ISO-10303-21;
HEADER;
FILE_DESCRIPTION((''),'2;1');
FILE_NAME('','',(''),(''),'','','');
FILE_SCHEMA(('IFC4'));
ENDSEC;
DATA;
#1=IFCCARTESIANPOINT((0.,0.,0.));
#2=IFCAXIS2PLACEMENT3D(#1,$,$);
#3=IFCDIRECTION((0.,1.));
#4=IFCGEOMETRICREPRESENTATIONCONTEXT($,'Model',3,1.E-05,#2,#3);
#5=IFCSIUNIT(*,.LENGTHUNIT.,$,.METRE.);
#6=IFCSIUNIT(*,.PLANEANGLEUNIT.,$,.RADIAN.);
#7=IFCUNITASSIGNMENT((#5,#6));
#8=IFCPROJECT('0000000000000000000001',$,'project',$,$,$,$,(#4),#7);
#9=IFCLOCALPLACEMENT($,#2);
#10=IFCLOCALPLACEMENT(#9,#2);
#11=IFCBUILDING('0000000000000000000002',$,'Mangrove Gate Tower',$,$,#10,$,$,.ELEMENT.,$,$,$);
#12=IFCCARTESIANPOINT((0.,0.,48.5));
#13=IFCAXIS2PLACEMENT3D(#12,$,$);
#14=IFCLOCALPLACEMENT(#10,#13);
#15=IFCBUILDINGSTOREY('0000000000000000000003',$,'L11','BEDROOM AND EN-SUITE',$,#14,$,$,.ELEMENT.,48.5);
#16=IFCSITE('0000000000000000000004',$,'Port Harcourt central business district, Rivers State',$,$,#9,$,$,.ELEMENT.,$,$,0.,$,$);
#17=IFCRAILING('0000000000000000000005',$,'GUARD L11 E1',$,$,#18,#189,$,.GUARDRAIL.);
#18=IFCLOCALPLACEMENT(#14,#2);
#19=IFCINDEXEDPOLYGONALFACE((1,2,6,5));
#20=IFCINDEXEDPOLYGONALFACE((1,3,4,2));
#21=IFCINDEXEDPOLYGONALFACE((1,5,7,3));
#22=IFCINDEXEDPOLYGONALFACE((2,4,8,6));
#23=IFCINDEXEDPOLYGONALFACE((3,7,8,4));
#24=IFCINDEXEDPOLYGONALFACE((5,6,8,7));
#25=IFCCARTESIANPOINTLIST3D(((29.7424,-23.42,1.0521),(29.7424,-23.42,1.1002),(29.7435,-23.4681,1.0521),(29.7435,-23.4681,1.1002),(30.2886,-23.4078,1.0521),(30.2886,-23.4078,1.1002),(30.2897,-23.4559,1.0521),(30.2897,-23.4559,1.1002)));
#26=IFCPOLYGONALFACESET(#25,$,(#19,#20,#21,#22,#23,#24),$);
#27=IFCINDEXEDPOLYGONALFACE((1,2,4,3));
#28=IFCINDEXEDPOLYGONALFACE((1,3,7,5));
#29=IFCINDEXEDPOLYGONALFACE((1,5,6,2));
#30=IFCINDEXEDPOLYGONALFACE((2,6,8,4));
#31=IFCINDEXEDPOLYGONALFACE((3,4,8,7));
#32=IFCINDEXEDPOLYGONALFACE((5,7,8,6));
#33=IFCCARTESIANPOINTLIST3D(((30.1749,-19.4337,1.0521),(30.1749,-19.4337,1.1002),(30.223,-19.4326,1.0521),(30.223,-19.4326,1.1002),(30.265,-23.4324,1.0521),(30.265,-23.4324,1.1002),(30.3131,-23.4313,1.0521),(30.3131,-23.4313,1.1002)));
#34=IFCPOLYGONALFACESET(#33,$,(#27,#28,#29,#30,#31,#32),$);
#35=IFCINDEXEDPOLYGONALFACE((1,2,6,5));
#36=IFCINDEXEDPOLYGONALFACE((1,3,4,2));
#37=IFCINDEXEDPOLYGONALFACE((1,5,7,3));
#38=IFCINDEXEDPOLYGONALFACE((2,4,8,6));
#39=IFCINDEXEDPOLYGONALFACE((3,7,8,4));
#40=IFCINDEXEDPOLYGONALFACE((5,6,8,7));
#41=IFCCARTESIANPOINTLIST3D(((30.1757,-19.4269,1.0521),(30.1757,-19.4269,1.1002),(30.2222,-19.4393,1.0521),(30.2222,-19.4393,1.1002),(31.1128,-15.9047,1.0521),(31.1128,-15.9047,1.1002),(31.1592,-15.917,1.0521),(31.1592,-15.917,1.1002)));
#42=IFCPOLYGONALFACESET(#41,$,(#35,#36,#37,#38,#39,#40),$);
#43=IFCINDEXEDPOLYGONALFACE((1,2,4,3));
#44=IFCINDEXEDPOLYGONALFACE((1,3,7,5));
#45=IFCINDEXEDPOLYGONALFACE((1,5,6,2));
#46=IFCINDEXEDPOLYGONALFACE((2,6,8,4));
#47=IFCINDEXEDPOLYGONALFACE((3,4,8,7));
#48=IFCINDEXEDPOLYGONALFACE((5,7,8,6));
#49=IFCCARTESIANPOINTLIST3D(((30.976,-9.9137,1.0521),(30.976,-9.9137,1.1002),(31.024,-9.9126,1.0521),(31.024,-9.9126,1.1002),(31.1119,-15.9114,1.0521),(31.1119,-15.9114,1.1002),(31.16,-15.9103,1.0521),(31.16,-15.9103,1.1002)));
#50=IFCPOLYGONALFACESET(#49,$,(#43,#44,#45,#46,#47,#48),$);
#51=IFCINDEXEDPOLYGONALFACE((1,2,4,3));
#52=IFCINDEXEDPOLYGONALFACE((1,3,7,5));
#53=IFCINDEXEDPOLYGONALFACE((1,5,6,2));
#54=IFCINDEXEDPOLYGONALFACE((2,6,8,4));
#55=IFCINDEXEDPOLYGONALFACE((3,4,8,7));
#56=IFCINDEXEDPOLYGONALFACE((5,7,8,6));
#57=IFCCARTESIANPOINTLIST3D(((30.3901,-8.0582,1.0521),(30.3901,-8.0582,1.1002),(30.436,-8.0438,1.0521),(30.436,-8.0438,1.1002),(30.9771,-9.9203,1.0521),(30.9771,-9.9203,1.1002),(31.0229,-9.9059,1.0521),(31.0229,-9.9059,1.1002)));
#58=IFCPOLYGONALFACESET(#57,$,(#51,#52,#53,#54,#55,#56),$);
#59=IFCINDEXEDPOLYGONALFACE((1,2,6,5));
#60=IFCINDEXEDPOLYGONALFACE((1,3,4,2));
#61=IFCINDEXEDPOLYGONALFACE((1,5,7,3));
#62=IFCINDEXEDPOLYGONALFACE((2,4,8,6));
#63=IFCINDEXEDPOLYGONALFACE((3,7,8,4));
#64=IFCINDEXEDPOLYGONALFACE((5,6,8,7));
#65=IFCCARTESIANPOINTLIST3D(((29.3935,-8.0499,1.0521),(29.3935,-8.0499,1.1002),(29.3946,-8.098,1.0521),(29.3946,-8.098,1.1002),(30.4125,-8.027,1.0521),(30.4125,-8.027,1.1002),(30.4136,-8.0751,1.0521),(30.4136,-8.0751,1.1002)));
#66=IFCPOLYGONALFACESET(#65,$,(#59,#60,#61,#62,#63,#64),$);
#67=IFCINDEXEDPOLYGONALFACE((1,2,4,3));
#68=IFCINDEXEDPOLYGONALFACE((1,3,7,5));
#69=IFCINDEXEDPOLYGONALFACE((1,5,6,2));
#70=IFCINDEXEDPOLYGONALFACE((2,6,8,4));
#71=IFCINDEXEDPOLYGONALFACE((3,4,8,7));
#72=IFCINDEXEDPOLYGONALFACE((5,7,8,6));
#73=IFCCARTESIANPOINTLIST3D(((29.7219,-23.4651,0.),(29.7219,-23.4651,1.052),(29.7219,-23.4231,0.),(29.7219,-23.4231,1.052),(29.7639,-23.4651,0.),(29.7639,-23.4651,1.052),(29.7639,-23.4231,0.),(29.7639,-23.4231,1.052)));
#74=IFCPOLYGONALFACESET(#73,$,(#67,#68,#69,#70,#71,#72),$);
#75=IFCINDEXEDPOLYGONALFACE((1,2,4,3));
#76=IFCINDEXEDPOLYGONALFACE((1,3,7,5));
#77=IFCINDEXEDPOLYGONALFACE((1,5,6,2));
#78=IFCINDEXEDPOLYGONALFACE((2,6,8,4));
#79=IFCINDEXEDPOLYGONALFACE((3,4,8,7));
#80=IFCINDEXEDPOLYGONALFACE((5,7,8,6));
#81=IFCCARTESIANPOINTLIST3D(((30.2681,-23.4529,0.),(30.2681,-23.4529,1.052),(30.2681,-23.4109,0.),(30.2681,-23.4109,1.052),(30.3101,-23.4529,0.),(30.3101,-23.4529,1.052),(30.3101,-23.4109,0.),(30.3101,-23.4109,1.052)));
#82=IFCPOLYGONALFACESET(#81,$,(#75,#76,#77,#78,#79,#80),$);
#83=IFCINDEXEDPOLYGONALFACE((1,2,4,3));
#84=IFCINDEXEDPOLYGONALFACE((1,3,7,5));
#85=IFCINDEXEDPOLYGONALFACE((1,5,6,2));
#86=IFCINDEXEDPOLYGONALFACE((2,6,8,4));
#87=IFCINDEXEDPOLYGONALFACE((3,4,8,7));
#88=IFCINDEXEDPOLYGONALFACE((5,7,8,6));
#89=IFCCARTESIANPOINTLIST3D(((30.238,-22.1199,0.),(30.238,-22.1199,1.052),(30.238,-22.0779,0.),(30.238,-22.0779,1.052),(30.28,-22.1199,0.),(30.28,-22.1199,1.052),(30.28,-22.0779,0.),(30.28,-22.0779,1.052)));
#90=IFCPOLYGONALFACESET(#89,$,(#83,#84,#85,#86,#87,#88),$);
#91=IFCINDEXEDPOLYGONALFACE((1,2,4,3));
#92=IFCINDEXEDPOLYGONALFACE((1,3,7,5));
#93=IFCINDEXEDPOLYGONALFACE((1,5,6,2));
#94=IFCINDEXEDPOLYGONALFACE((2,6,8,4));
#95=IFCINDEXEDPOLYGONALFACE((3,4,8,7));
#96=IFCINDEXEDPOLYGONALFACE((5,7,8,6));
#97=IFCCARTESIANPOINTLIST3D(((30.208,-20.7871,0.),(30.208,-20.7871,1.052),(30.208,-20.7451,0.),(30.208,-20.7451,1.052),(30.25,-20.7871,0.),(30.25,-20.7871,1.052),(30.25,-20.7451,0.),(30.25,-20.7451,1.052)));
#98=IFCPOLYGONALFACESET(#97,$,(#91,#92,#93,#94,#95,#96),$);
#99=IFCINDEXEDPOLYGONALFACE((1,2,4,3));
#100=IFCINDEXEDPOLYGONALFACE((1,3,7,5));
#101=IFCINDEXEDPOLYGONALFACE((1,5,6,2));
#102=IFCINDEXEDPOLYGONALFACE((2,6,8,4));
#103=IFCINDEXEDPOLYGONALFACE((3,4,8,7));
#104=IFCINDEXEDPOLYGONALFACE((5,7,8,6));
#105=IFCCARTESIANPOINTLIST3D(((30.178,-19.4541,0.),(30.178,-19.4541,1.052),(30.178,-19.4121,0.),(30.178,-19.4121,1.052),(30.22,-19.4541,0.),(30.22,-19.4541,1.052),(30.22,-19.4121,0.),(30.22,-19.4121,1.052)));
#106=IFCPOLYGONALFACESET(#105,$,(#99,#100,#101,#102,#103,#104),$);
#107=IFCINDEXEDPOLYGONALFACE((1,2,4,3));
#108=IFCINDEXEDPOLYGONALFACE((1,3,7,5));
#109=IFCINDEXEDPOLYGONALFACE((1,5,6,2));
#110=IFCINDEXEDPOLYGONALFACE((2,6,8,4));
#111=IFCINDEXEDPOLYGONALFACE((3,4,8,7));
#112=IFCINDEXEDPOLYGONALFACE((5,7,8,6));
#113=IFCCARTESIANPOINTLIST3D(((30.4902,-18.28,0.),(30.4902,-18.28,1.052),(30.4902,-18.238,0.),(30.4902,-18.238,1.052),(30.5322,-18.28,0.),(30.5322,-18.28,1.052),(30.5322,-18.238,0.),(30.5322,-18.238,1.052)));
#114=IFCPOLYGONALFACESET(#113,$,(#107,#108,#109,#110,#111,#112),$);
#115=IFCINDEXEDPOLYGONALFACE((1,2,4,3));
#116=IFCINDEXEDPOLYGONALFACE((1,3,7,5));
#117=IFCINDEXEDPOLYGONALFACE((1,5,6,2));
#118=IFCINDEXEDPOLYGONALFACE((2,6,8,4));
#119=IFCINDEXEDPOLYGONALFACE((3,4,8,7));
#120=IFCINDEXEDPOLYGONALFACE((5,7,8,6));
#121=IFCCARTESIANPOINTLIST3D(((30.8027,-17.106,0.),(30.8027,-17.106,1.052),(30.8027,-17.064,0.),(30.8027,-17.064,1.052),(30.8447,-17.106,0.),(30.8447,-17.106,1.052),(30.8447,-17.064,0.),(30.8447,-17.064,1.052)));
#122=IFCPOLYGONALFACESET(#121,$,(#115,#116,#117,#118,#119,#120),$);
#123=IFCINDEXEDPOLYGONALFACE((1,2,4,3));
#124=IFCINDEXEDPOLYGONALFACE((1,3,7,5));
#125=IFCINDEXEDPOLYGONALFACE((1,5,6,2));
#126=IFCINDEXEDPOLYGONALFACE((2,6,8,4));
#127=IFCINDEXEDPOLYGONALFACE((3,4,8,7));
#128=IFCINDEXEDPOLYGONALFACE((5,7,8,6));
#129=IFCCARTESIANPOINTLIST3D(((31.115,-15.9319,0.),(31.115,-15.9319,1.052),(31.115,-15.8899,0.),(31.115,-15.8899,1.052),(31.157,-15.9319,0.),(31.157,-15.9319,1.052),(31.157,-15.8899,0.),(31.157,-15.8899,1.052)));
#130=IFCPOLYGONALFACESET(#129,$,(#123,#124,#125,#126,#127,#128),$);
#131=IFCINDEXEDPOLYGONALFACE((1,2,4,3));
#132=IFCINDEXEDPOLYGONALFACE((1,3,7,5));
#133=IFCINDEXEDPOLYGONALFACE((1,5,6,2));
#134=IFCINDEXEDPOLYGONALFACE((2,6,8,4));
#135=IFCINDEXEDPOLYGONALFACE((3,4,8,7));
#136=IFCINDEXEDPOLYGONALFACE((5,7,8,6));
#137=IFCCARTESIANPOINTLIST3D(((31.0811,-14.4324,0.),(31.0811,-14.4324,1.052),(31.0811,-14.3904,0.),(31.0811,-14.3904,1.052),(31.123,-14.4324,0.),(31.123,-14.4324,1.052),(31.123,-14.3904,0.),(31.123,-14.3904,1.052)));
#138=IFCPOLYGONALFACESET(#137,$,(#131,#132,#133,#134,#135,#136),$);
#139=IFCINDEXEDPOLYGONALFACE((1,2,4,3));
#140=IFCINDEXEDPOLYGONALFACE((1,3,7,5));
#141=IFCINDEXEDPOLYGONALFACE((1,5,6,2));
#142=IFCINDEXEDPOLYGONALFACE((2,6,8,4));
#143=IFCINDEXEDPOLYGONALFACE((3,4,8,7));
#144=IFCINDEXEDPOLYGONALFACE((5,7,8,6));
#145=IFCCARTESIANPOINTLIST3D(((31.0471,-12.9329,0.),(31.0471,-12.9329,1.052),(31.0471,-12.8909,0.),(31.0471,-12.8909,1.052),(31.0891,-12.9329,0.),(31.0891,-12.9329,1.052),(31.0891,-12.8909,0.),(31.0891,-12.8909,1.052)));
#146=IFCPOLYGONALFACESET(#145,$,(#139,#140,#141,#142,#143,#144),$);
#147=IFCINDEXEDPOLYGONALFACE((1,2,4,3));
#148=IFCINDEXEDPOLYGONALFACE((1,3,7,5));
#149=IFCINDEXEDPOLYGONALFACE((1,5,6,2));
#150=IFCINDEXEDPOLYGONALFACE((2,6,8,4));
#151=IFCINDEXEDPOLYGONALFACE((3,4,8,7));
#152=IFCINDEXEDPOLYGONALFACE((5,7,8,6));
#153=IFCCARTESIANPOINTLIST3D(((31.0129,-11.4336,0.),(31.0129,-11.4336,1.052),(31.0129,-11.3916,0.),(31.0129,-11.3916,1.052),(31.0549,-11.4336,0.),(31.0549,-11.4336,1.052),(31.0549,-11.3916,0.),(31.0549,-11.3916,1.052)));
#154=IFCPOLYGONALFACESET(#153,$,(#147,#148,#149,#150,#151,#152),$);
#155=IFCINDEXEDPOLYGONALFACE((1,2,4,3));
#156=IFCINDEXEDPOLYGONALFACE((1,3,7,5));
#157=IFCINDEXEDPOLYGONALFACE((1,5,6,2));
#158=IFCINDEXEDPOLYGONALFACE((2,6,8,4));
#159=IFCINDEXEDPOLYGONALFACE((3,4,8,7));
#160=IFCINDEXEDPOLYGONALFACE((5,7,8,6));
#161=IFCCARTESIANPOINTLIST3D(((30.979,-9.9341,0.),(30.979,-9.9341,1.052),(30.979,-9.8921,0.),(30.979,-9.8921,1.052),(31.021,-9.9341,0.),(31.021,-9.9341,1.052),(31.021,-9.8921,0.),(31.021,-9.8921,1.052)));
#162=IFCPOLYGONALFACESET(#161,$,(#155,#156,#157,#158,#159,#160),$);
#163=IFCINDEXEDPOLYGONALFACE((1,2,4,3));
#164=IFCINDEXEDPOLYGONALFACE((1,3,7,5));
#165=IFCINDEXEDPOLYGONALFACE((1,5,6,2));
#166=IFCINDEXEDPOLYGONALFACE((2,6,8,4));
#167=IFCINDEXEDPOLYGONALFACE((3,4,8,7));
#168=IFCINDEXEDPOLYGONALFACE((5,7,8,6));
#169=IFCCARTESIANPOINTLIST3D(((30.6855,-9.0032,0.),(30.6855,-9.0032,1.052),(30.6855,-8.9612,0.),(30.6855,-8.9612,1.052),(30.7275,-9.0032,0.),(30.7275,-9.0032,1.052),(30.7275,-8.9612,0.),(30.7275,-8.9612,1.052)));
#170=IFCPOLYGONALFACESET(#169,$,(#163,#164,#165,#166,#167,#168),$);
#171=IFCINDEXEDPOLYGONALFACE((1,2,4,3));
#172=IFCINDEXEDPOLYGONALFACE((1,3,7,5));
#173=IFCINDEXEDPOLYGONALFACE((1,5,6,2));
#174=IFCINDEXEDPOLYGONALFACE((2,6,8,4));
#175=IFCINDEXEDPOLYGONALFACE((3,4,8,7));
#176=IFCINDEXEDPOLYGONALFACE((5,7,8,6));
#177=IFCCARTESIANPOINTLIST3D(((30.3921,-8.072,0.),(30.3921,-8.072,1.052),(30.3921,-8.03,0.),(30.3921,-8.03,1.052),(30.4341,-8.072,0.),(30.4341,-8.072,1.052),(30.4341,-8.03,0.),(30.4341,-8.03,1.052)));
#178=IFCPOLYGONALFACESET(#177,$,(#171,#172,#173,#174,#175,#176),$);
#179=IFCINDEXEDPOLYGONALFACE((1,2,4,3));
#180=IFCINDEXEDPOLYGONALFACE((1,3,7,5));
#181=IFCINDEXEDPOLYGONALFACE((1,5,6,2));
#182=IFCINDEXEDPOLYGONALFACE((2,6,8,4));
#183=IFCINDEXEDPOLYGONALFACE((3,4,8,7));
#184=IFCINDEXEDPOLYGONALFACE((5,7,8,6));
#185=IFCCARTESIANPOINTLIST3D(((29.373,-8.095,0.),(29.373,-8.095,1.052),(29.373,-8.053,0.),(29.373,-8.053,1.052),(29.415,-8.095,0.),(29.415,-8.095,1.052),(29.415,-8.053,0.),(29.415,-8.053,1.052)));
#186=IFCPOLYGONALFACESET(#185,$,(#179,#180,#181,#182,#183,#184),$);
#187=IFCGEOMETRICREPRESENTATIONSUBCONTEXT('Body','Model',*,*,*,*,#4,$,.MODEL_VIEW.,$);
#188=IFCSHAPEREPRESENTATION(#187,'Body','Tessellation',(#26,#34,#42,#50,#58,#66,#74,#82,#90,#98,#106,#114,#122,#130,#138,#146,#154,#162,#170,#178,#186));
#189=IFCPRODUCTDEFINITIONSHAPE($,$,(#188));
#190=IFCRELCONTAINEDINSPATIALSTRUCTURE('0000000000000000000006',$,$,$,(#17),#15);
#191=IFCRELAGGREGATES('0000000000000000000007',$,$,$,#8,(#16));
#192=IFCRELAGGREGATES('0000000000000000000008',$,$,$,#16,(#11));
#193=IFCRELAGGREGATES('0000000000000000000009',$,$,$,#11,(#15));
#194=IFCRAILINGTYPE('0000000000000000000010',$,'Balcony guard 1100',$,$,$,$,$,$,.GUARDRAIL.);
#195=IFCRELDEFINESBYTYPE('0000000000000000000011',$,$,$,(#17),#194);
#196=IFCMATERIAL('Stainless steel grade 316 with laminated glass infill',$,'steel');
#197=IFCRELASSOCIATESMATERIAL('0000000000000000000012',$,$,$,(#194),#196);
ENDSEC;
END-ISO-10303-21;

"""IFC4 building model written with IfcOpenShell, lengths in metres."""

from ifc_helpers import new_model, si_unit, direction, frame, origin, origin_2d, place, context, subcontext, project, spatial, rectangle, extrude, material, type_object, element, save


model = new_model("IFC4")

# Units and contexts
model_context = context("Model", 3, precision=1e-05, world=origin(), true_north=direction((0.0, 1.0)))
body_context = subcontext(model_context, "Body", "Model", "MODEL_VIEW")
ifc_project = project(units=[si_unit("LENGTHUNIT", "METRE"), si_unit("PLANEANGLEUNIT", "RADIAN")], contexts=[model_context])

# Site, building, storey
site_placement = place(None, origin())
site = spatial("IfcSite", under=ifc_project, at=site_placement, Name="Port Harcourt central business district, Rivers State", CompositionType="ELEMENT", RefElevation=0.0)
building_placement = place(site_placement, origin())
building = spatial("IfcBuilding", under=site, at=building_placement, Name="Mangrove Gate Tower", CompositionType="ELEMENT")
storey_placement = place(building_placement, frame((0.0, 0.0, 48.5)))
storey = spatial("IfcBuildingStorey", under=building, at=storey_placement, Name="L11", Description="BEDROOM AND EN-SUITE", CompositionType="ELEMENT", Elevation=48.5)

# Railing
ifc_material_1 = material(Name="Stainless steel grade 316 with laminated glass infill", Category="steel")
railing_type = type_object("IfcRailingType", Name="Balcony guard 1100", PredefinedType="GUARDRAIL", material=ifc_material_1)
railing_placement = place(storey_placement, frame((29.7429, -23.4441, 0.0)))
element("IfcRailing", 1, at=railing_placement, inside=storey, type_object=railing_type, Name="GUARD L11 E1", PredefinedType="GUARDRAIL", context=body_context, shape_type="SweptSolid", body=[
    extrude(rectangle(XDim=0.0481, YDim=0.0481, at=origin_2d()), frame((0.0, 0.0, 1.0762), z_axis=(0.99975, 0.022346, 0.0), x_axis=(-0.022346, 0.99975, 0.0)), (0.0, 0.0, 1.0), 0.5464),
    extrude(rectangle(XDim=0.0481, YDim=0.0481, at=origin_2d()), frame((0.5461, 0.0122, 1.0762), z_axis=(-0.022523, 0.999746, 0.0), x_axis=(-0.999746, -0.022523, 0.0)), (0.0, 0.0, 1.0), 3.9998),
    extrude(rectangle(XDim=0.0481, YDim=0.0481, at=origin_2d()), frame((0.4561, 4.011, 1.0762), z_axis=(0.257087, 0.966388, 0.0), x_axis=(-0.966388, 0.257087, 0.0)), (0.0, 0.0, 1.0), 3.6448),
    extrude(rectangle(XDim=0.0481, YDim=0.0481, at=origin_2d()), frame((1.3931, 7.5332, 1.0762), z_axis=(-0.022667, 0.999743, 0.0), x_axis=(-0.999743, -0.022667, 0.0)), (0.0, 0.0, 1.0), 5.9993),
    extrude(rectangle(XDim=0.0481, YDim=0.0481, at=origin_2d()), frame((1.2571, 13.531, 1.0762), z_axis=(-0.300617, 0.953745, 0.0), x_axis=(-0.953745, -0.300617, 0.0)), (0.0, 0.0, 1.0), 1.9524),
    extrude(rectangle(XDim=0.0481, YDim=0.0481, at=origin_2d()), frame((0.6702, 15.3931, 1.0762), z_axis=(-0.999747, -0.022515, 0.0), x_axis=(0.022515, -0.999747, 0.0)), (0.0, 0.0, 1.0), 1.0193),
    extrude(rectangle(XDim=0.042, YDim=0.042, at=origin_2d()), origin(), (0.0, 0.0, 1.0), 1.052),
    extrude(rectangle(XDim=0.042, YDim=0.042, at=origin_2d()), frame((0.5461, 0.0122, 0.0)), (0.0, 0.0, 1.0), 1.052),
    extrude(rectangle(XDim=0.042, YDim=0.042, at=origin_2d()), frame((0.5161, 1.3452, 0.0)), (0.0, 0.0, 1.0), 1.052),
    extrude(rectangle(XDim=0.042, YDim=0.042, at=origin_2d()), frame((0.4861, 2.678, 0.0)), (0.0, 0.0, 1.0), 1.052),
    extrude(rectangle(XDim=0.042, YDim=0.042, at=origin_2d()), frame((0.4561, 4.011, 0.0)), (0.0, 0.0, 1.0), 1.052),
    extrude(rectangle(XDim=0.042, YDim=0.042, at=origin_2d()), frame((0.7683, 5.1851, 0.0)), (0.0, 0.0, 1.0), 1.052),
    extrude(rectangle(XDim=0.042, YDim=0.042, at=origin_2d()), frame((1.0808, 6.3591, 0.0)), (0.0, 0.0, 1.0), 1.052),
    extrude(rectangle(XDim=0.042, YDim=0.042, at=origin_2d()), frame((1.3931, 7.5332, 0.0)), (0.0, 0.0, 1.0), 1.052),
    extrude(rectangle(XDim=0.042, YDim=0.042, at=origin_2d()), frame((1.3591, 9.0327, 0.0)), (0.0, 0.0, 1.0), 1.052),
    extrude(rectangle(XDim=0.042, YDim=0.042, at=origin_2d()), frame((1.3252, 10.5322, 0.0)), (0.0, 0.0, 1.0), 1.052),
    extrude(rectangle(XDim=0.042, YDim=0.042, at=origin_2d()), frame((1.291, 12.0315, 0.0)), (0.0, 0.0, 1.0), 1.052),
    extrude(rectangle(XDim=0.042, YDim=0.042, at=origin_2d()), frame((1.2571, 13.531, 0.0)), (0.0, 0.0, 1.0), 1.052),
    extrude(rectangle(XDim=0.042, YDim=0.042, at=origin_2d()), frame((0.9636, 14.4619, 0.0)), (0.0, 0.0, 1.0), 1.052),
    extrude(rectangle(XDim=0.042, YDim=0.042, at=origin_2d()), frame((0.6702, 15.3931, 0.0)), (0.0, 0.0, 1.0), 1.052),
    extrude(rectangle(XDim=0.042, YDim=0.042, at=origin_2d()), frame((-0.3489, 15.3701, 0.0)), (0.0, 0.0, 1.0), 1.052),
])

save(model, "model.ifc")
